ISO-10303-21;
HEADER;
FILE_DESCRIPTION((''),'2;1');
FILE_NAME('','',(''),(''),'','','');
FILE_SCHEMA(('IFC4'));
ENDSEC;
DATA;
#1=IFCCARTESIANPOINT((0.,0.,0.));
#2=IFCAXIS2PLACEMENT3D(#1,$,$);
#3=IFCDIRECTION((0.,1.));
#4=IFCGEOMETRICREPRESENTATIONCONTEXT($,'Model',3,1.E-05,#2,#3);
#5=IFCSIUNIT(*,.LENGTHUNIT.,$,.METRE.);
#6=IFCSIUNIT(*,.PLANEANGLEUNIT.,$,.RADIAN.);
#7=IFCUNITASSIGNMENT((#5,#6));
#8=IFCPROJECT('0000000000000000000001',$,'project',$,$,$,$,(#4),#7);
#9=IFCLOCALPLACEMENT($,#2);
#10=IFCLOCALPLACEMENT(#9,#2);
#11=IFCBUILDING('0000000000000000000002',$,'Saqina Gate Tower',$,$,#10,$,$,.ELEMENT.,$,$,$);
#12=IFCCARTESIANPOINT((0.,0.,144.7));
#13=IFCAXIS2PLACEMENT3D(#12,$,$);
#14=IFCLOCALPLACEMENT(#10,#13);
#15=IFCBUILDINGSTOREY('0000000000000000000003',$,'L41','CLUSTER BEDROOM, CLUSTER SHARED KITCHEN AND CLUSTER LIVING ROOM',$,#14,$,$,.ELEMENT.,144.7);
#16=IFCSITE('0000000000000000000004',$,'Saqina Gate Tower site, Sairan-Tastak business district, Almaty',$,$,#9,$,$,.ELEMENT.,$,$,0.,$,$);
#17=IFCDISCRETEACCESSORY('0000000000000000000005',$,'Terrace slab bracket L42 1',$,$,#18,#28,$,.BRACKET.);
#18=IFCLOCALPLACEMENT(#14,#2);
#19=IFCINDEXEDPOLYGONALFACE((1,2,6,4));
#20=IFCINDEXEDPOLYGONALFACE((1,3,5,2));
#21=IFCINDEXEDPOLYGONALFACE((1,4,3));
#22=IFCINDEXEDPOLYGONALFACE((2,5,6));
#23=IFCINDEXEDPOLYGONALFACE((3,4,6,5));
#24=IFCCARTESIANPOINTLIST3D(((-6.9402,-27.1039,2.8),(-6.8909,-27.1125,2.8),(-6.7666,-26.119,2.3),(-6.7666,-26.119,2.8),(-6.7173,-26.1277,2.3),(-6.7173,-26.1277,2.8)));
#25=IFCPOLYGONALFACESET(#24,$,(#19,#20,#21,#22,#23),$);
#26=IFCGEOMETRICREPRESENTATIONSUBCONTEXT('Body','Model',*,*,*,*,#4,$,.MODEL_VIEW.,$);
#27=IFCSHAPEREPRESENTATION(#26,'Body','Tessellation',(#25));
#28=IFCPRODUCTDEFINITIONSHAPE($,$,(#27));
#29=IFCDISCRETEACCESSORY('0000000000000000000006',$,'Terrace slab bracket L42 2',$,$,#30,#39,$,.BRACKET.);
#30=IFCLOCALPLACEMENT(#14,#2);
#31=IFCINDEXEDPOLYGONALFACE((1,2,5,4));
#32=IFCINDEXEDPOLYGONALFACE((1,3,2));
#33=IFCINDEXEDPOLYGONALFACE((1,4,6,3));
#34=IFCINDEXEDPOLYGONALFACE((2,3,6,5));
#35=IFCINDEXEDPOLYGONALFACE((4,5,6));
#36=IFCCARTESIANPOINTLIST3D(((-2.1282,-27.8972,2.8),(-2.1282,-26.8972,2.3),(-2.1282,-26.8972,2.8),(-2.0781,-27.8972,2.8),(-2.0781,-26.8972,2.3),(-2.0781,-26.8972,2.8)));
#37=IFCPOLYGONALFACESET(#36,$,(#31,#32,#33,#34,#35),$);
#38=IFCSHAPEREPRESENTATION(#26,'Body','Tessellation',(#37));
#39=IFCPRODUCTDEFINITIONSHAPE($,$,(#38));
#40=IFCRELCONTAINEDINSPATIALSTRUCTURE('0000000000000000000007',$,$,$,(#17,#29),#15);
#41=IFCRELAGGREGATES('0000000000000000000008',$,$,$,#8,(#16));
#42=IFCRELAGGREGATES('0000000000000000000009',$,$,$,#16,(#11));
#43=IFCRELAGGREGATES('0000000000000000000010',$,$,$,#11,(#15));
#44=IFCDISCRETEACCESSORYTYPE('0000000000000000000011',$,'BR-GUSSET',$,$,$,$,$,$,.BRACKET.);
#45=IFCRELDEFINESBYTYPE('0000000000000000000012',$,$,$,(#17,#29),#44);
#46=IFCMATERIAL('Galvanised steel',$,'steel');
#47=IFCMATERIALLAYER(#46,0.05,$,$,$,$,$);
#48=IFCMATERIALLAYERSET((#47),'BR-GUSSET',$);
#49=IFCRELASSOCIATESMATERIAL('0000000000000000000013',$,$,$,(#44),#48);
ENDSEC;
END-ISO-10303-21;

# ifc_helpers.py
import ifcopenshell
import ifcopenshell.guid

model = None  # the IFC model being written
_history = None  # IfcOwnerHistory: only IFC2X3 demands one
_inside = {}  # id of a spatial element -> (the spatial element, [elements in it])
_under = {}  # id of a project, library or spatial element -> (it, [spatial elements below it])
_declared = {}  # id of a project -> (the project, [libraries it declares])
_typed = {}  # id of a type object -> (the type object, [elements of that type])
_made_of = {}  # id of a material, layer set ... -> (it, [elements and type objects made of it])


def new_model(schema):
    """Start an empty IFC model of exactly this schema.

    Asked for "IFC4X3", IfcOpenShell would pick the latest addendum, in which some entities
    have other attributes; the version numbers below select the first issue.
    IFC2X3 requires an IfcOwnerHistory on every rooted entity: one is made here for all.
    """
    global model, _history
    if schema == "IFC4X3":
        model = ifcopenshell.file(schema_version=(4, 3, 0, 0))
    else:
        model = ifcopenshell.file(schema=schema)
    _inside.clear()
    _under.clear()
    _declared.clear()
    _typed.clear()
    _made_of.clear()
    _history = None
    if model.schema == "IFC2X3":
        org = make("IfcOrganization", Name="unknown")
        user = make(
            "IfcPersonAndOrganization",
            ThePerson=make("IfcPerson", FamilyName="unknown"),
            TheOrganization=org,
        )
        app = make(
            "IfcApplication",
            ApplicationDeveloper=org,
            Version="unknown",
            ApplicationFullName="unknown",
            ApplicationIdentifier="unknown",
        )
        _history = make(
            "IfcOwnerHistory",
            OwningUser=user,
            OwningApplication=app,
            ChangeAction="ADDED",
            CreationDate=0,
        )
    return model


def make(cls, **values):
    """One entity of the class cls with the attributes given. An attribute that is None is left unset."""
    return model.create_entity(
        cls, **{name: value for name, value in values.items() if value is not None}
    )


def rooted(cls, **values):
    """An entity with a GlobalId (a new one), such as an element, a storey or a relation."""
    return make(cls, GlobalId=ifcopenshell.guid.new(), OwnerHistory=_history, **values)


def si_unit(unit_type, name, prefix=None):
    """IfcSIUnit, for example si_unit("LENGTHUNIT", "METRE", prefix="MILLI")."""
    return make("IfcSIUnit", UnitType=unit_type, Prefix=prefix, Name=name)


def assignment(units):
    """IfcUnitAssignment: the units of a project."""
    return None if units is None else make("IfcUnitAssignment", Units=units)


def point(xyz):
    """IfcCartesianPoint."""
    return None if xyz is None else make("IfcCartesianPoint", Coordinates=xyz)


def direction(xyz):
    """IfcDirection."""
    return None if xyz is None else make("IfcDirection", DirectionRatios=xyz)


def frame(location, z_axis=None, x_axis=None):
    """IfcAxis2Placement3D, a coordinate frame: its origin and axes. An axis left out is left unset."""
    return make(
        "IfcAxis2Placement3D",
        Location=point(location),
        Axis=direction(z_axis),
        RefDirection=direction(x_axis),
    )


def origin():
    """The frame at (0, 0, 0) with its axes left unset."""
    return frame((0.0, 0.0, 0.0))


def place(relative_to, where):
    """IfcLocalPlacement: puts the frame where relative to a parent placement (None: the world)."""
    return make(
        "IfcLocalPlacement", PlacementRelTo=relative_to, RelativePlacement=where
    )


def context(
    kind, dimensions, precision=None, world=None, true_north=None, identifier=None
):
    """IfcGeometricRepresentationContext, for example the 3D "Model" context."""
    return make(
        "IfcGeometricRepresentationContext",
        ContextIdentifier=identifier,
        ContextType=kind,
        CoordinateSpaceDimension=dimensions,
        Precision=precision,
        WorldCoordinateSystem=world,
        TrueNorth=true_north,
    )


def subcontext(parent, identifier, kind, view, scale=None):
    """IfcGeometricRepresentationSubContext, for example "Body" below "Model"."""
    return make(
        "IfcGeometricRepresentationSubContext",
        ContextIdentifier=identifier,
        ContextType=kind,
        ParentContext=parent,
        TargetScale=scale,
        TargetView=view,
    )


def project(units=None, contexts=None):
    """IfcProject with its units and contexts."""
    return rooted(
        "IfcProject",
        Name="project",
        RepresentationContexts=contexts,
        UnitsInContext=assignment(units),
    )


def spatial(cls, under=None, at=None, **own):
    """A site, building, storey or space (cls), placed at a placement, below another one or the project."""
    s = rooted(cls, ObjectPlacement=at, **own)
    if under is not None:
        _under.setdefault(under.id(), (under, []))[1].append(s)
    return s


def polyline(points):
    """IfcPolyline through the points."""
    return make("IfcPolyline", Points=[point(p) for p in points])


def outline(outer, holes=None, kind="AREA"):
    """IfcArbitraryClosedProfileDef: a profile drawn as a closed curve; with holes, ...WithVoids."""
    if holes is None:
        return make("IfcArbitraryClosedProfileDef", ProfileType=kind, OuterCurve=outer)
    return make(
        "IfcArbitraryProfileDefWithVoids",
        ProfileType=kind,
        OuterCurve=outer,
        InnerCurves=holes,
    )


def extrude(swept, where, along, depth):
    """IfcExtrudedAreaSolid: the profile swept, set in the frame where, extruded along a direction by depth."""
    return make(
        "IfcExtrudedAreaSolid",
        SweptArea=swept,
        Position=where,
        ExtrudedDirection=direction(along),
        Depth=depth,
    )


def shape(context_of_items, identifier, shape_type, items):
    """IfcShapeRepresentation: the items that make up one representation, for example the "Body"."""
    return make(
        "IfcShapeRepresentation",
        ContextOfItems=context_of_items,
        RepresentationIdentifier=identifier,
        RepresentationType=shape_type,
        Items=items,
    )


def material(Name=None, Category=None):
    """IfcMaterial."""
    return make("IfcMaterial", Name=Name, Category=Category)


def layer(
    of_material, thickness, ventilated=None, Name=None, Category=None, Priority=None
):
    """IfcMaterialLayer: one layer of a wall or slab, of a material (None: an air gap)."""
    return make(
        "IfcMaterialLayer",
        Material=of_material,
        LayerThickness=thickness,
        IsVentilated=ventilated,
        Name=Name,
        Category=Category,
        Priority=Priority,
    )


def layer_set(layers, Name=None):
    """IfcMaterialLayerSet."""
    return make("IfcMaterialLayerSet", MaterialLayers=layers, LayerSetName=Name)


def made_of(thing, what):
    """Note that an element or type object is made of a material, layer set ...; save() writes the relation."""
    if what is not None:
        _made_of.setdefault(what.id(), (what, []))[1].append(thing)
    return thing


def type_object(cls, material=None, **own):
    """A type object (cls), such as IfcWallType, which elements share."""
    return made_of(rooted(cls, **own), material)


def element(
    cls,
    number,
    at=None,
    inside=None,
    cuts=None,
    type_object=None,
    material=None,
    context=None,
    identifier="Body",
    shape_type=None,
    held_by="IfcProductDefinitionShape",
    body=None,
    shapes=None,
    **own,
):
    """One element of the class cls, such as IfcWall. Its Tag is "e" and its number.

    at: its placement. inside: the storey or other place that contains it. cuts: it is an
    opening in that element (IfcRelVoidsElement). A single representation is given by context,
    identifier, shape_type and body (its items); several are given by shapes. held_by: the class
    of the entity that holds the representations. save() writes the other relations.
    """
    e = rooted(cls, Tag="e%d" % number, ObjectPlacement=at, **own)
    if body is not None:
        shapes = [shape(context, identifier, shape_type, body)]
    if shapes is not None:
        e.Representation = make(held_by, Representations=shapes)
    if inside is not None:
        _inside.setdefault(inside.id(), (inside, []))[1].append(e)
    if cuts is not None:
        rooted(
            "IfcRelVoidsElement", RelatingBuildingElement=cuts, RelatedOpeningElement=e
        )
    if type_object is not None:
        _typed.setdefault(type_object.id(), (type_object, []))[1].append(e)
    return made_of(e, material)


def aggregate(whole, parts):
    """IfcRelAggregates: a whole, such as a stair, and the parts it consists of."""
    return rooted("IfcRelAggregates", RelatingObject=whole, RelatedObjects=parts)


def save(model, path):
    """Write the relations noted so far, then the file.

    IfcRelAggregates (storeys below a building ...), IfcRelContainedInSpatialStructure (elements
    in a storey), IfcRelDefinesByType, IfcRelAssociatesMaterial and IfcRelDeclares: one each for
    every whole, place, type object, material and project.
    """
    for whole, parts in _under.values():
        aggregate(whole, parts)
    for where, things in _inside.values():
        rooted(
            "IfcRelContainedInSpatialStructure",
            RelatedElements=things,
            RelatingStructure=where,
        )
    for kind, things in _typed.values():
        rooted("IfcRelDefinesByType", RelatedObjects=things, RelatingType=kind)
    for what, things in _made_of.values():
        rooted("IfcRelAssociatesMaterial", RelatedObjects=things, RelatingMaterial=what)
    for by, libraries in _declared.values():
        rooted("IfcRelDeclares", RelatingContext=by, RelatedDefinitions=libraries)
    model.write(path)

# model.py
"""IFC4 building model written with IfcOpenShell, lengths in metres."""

from ifc_helpers import new_model, si_unit, direction, frame, origin, place, context, subcontext, project, spatial, polyline, outline, extrude, material, layer, layer_set, type_object, element, save


model = new_model("IFC4")

# Units and contexts
model_context = context("Model", 3, precision=1e-05, world=origin(), true_north=direction((0.0, 1.0)))
body_context = subcontext(model_context, "Body", "Model", "MODEL_VIEW")
ifc_project = project(units=[si_unit("LENGTHUNIT", "METRE"), si_unit("PLANEANGLEUNIT", "RADIAN")], contexts=[model_context])

# Site, building, storey
site_placement = place(None, origin())
site = spatial("IfcSite", under=ifc_project, at=site_placement, Name="Saqina Gate Tower site, Sairan-Tastak business district, Almaty", CompositionType="ELEMENT", RefElevation=0.0)
building_placement = place(site_placement, origin())
building = spatial("IfcBuilding", under=site, at=building_placement, Name="Saqina Gate Tower", CompositionType="ELEMENT")
storey_placement = place(building_placement, frame((0.0, 0.0, 144.7)))
storey = spatial("IfcBuildingStorey", under=building, at=storey_placement, Name="L41", Description="CLUSTER BEDROOM, CLUSTER SHARED KITCHEN AND CLUSTER LIVING ROOM", CompositionType="ELEMENT", Elevation=144.7)

# Discrete accessories
ifc_material_1 = material(Name="Galvanised steel", Category="steel")
ifc_layer_1 = layer(ifc_material_1, 0.05)
ifc_layer_set_1 = layer_set([ifc_layer_1], Name="BR-GUSSET")
discrete_accessory_type_1 = type_object("IfcDiscreteAccessoryType", Name="BR-GUSSET", PredefinedType="BRACKET", material=ifc_layer_set_1)
discrete_accessory_1_placement = place(storey_placement, frame((-6.7173, -26.1277, 2.3), z_axis=(0.98482, -0.173576, 0.0), x_axis=(0.0, 0.0, 1.0)))
element("IfcDiscreteAccessory", 1, at=discrete_accessory_1_placement, inside=storey, type_object=discrete_accessory_type_1, Name="Terrace slab bracket L42 1", PredefinedType="BRACKET", context=body_context, shape_type="SweptSolid", body=[
    extrude(outline(polyline([(0.0, 0.0), (0.5, 0.0), (0.5, 1.0), (0.0, 0.0)])), origin(), (0.0, 0.0, -1.0), 0.05),
])
discrete_accessory_2_placement = place(storey_placement, frame((-2.0781, -26.8972, 2.3), z_axis=(1.0, 0.0, 0.0), x_axis=(0.0, 0.0, 1.0)))
element("IfcDiscreteAccessory", 2, at=discrete_accessory_2_placement, inside=storey, type_object=discrete_accessory_type_1, Name="Terrace slab bracket L42 2", PredefinedType="BRACKET", context=body_context, shape_type="SweptSolid", body=[
    extrude(outline(polyline([(0.0, 0.0), (0.5, 0.0), (0.5, 1.0), (0.0, 0.0)])), origin(), (0.0, 0.0, -1.0), 0.05),
])

save(model, "model.ifc")
